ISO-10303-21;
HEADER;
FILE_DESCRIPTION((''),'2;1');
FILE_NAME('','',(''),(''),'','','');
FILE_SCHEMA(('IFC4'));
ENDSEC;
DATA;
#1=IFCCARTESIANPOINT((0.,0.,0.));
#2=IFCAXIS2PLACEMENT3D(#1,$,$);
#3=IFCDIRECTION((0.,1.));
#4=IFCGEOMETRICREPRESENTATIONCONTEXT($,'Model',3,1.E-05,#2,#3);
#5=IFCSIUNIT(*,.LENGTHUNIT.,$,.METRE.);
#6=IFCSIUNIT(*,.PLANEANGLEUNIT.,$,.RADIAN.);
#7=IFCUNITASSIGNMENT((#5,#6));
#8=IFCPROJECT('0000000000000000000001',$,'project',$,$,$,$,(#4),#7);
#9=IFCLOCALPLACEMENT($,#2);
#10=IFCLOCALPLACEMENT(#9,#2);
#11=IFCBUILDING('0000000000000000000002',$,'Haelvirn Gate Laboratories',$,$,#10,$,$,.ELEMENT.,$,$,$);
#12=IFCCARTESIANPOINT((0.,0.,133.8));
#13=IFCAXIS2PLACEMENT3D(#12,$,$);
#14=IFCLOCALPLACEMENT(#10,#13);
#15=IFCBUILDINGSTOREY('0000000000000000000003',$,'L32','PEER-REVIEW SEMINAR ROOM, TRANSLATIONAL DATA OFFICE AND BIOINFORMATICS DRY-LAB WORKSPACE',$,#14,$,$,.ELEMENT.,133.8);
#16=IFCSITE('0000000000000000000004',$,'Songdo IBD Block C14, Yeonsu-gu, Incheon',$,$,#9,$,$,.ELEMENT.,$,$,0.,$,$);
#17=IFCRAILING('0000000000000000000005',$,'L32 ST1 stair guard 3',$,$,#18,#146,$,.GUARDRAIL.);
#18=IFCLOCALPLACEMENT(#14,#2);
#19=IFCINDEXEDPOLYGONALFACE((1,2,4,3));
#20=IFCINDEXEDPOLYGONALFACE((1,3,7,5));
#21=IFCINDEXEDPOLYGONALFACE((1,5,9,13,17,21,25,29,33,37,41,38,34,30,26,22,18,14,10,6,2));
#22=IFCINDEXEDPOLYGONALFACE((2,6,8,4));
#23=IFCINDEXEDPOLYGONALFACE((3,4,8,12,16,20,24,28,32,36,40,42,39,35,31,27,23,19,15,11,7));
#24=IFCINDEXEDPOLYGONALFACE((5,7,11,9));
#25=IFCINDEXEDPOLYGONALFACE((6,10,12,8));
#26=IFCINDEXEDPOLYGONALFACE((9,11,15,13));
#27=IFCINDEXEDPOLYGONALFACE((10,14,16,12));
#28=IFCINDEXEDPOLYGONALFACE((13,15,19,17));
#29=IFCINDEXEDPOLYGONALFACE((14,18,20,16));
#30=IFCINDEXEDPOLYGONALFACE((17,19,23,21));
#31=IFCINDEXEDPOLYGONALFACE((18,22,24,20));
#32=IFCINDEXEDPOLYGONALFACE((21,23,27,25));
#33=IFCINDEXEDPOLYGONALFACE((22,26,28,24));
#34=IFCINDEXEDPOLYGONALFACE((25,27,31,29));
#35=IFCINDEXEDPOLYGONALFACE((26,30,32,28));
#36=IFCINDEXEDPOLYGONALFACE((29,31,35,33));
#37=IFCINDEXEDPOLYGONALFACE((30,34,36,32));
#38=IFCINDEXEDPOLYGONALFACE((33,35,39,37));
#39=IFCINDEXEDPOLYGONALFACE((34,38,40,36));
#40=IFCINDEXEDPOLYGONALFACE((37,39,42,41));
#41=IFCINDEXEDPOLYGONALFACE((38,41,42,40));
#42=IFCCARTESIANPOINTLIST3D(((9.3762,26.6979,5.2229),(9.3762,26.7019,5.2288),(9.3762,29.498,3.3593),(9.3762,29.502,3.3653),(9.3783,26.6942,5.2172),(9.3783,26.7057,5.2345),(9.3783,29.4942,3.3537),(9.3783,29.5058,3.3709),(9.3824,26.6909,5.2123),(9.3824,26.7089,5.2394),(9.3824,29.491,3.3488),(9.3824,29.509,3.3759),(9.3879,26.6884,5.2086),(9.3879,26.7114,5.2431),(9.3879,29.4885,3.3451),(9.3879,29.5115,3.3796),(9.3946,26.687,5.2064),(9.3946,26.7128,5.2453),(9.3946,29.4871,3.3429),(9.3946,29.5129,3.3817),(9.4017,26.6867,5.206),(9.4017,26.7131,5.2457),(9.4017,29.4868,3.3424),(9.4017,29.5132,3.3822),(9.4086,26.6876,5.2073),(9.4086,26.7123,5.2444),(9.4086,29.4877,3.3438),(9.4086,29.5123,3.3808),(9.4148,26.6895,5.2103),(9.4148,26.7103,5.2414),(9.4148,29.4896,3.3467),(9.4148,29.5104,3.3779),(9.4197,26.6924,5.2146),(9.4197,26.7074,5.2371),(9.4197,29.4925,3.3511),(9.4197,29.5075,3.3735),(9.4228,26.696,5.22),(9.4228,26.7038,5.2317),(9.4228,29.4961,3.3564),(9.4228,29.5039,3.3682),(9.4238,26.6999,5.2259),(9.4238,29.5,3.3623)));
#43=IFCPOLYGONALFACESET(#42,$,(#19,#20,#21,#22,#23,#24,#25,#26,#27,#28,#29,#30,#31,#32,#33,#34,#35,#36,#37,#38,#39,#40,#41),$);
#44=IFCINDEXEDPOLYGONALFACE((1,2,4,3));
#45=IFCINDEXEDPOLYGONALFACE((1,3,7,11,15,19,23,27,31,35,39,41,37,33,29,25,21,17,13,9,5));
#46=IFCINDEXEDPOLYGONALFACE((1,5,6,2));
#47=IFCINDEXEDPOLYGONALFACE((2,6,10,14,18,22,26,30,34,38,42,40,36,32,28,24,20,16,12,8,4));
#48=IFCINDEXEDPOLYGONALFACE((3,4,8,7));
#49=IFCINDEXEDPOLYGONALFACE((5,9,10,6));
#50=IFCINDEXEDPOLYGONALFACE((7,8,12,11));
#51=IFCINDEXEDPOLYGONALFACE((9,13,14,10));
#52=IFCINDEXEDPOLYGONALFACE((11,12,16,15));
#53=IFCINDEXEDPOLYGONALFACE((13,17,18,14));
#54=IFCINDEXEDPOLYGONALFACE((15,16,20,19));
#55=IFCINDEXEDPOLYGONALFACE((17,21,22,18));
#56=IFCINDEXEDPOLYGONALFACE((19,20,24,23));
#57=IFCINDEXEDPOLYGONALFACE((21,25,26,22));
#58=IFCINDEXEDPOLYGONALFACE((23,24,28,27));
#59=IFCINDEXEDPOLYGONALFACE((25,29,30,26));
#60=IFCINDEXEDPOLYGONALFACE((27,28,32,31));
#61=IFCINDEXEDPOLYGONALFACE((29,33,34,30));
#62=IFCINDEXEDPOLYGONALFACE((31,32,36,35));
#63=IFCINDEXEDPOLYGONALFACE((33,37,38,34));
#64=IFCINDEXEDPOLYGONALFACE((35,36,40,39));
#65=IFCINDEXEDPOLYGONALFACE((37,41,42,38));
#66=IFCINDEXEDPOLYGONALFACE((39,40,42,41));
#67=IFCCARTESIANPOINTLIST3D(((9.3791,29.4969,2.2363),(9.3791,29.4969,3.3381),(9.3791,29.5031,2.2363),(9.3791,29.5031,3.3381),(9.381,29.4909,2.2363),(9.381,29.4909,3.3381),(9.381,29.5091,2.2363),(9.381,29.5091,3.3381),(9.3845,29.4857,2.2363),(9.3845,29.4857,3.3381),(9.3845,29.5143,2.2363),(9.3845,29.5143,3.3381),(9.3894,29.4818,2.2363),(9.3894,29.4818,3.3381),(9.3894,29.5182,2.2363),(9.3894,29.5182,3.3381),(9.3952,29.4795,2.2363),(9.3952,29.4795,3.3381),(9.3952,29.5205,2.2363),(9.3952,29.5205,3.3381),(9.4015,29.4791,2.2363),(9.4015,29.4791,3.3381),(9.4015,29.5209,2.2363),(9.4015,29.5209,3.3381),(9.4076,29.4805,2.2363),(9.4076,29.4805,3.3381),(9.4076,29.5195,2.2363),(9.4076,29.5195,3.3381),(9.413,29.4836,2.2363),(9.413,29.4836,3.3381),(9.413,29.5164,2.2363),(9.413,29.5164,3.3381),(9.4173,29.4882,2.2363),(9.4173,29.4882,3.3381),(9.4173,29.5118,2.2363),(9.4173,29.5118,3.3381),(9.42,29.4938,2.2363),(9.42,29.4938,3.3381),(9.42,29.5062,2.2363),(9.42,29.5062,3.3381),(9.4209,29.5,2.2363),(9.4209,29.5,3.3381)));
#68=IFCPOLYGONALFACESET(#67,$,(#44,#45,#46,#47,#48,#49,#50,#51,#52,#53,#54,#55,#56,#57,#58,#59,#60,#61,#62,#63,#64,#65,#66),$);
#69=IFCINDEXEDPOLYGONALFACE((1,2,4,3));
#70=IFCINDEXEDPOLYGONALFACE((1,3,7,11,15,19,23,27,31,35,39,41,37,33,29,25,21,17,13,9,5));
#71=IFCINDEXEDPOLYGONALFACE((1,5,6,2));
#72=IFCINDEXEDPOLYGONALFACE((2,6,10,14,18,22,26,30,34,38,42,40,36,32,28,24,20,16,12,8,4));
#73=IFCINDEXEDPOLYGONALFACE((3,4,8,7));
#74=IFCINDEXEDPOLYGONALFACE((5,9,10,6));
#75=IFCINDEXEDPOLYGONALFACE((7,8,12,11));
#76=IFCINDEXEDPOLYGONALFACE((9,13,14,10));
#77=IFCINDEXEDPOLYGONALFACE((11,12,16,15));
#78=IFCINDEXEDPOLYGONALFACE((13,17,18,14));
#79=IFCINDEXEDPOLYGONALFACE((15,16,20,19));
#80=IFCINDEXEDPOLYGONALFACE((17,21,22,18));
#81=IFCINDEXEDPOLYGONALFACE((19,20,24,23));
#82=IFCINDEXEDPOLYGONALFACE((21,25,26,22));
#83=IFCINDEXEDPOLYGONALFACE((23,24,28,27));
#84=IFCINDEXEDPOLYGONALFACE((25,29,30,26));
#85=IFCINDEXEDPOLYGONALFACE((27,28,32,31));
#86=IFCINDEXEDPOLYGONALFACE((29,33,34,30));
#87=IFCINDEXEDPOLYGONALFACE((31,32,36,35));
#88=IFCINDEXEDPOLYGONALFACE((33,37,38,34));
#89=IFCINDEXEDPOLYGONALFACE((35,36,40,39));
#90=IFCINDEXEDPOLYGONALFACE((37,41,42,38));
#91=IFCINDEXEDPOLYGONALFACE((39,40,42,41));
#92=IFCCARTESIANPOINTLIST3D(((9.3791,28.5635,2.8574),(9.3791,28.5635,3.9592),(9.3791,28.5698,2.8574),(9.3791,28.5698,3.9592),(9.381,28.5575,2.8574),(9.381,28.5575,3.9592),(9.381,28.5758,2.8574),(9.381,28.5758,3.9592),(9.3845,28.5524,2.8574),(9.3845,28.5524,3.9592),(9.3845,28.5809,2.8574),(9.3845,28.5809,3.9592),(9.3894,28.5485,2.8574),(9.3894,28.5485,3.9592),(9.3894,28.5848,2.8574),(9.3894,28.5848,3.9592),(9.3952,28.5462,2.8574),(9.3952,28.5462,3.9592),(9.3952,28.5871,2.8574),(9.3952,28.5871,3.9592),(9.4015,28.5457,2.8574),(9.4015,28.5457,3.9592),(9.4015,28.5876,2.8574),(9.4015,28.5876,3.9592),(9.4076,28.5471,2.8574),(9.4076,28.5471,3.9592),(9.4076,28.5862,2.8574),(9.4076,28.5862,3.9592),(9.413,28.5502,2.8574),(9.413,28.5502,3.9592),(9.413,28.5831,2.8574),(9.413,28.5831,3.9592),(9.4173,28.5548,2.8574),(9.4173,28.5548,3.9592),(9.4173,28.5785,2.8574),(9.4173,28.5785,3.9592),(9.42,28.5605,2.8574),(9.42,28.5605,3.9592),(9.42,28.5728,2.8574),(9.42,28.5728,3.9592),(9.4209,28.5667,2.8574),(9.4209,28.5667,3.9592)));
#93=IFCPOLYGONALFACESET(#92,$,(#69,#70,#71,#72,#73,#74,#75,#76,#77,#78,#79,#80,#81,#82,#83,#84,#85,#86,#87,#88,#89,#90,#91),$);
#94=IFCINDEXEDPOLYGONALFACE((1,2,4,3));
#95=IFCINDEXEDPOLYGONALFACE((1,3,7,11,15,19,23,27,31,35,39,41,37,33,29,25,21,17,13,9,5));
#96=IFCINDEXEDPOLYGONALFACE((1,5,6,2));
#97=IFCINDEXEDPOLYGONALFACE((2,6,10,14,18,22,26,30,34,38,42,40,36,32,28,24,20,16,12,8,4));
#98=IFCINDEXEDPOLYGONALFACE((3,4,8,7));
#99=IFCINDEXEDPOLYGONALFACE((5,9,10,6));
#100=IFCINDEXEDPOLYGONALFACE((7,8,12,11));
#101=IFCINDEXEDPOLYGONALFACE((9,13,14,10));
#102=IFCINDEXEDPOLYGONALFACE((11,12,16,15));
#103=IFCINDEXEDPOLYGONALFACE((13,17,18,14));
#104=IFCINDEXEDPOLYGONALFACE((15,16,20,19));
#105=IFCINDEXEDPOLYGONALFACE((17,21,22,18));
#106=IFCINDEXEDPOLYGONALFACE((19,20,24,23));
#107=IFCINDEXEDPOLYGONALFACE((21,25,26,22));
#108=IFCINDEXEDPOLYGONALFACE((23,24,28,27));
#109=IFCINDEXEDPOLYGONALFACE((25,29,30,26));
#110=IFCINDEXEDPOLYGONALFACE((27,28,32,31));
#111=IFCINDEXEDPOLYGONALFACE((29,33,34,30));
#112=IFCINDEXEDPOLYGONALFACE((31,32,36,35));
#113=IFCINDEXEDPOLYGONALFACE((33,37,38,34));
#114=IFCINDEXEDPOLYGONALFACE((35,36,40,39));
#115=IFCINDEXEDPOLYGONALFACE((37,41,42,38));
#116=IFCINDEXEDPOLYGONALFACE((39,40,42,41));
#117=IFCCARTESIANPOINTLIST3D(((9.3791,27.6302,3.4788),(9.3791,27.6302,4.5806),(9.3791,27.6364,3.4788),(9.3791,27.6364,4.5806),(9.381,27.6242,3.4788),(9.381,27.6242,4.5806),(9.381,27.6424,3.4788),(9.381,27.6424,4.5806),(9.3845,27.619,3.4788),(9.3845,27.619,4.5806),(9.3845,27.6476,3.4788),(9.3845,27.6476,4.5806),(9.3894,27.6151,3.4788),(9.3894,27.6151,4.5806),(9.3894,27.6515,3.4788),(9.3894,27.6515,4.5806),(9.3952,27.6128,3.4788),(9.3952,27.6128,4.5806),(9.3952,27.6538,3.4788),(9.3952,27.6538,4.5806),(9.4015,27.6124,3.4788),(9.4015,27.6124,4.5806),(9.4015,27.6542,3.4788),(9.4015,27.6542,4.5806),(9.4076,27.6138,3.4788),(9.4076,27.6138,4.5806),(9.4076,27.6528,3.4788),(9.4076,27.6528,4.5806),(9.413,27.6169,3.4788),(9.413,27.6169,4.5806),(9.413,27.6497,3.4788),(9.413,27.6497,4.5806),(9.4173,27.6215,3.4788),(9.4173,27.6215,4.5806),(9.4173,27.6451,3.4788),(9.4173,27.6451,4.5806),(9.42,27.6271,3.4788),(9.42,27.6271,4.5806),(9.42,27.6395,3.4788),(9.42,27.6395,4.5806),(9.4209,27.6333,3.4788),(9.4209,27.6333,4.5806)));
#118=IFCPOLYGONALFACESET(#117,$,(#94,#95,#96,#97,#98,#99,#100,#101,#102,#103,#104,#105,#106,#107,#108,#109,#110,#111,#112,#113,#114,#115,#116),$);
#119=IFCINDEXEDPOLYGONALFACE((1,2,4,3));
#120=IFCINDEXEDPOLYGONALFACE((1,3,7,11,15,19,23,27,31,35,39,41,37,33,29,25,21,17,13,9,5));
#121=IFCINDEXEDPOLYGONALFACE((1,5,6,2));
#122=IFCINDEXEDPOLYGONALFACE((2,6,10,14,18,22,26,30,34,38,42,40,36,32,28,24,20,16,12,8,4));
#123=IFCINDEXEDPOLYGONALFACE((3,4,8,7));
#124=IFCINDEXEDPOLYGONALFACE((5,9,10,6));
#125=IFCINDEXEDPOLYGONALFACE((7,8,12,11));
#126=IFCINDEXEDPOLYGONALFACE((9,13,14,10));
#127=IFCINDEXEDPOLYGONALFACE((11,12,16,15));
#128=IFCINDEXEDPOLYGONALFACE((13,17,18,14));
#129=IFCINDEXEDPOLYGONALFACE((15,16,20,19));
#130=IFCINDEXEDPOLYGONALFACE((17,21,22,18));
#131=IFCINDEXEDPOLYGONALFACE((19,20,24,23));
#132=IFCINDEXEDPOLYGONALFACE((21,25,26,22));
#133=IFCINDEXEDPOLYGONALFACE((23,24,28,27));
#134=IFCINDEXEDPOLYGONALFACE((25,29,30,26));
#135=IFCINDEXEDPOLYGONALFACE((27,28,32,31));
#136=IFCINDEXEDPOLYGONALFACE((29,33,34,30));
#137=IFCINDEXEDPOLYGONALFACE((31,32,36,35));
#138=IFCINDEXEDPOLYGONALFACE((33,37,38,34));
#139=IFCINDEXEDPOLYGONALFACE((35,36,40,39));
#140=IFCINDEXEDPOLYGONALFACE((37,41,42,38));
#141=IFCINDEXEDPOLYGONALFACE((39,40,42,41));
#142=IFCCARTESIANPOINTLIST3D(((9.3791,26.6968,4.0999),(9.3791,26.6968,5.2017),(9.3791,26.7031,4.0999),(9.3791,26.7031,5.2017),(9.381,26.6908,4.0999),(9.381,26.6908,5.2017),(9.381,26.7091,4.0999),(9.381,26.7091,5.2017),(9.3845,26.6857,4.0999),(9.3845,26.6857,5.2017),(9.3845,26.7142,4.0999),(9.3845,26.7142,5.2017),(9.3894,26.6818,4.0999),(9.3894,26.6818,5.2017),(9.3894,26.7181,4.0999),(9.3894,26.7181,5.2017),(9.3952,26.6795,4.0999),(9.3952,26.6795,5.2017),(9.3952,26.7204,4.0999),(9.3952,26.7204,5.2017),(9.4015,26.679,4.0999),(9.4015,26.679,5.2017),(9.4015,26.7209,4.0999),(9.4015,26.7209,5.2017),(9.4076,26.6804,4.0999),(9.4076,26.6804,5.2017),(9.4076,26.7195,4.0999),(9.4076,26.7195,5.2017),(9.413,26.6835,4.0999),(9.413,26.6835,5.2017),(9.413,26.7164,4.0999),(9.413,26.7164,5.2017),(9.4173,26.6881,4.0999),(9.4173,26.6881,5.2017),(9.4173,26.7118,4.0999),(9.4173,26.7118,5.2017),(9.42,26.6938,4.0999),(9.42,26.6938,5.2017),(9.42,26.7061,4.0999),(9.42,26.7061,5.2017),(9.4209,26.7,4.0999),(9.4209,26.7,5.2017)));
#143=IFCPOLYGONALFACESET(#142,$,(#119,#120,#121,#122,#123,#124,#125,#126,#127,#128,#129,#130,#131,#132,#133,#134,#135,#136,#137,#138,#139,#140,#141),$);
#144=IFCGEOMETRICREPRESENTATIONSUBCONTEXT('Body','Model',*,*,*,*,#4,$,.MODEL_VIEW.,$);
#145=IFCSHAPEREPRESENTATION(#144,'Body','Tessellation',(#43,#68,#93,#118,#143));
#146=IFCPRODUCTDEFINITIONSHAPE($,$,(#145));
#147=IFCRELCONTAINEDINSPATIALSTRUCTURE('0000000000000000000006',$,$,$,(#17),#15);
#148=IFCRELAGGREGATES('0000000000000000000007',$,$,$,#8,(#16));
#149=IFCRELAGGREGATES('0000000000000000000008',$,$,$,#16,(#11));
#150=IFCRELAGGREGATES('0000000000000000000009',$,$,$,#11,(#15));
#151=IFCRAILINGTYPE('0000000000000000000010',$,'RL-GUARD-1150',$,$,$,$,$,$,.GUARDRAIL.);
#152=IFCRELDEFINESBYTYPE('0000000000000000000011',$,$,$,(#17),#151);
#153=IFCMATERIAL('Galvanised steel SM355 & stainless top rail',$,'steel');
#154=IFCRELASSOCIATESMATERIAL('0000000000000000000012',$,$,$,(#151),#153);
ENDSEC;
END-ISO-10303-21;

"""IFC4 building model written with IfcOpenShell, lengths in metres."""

from ifc_helpers import new_model, si_unit, direction, frame, origin, origin_2d, place, context, subcontext, project, spatial, circle, extrude, source, transform, mapped, material, type_object, element, save


model = new_model("IFC4")

# Units and contexts
model_context = context("Model", 3, precision=1e-05, world=origin(), true_north=direction((0.0, 1.0)))
body_context = subcontext(model_context, "Body", "Model", "MODEL_VIEW")
ifc_project = project(units=[si_unit("LENGTHUNIT", "METRE"), si_unit("PLANEANGLEUNIT", "RADIAN")], contexts=[model_context])

# Site, building, storey
site_placement = place(None, origin())
site = spatial("IfcSite", under=ifc_project, at=site_placement, Name="Songdo IBD Block C14, Yeonsu-gu, Incheon", CompositionType="ELEMENT", RefElevation=0.0)
building_placement = place(site_placement, origin())
building = spatial("IfcBuilding", under=site, at=building_placement, Name="Haelvirn Gate Laboratories", CompositionType="ELEMENT")
storey_placement = place(building_placement, frame((0.0, 0.0, 133.8)))
storey = spatial("IfcBuildingStorey", under=building, at=storey_placement, Name="L32", Description="PEER-REVIEW SEMINAR ROOM, TRANSLATIONAL DATA OFFICE AND BIOINFORMATICS DRY-LAB WORKSPACE", CompositionType="ELEMENT", Elevation=133.8)

# Railing
ifc_material_1 = material(Name="Galvanised steel SM355 & stainless top rail", Category="steel")
railing_type_1 = type_object("IfcRailingType", Name="RL-GUARD-1150", PredefinedType="GUARDRAIL", material=ifc_material_1)
shared_shape_1 = source(origin(), body_context, "Body", "SweptSolid", [
    extrude(circle(Radius=0.0239, at=origin_2d()), frame((0.0, 0.0, 1.126), z_axis=(0.0, -0.832486, 0.554047), x_axis=(1.0, 0.0, 0.0)), (0.0, 0.0, 1.0), 3.3635),
    extrude(circle(Radius=0.021, at=origin_2d()), origin(), (0.0, 0.0, 1.0), 1.1018),
    extrude(circle(Radius=0.021, at=origin_2d()), frame((0.0, -0.9333, 0.6211)), (0.0, 0.0, 1.0), 1.1018),
    extrude(circle(Radius=0.021, at=origin_2d()), frame((0.0, -1.8667, 1.2424)), (0.0, 0.0, 1.0), 1.1018),
    extrude(circle(Radius=0.021, at=origin_2d()), frame((0.0, -2.8, 1.8635)), (0.0, 0.0, 1.0), 1.1018),
])
railing_1_placement = place(storey_placement, frame((9.3999, 29.5, 2.2363)))
element("IfcRailing", 1, at=railing_1_placement, inside=storey, type_object=railing_type_1, Name="L32 ST1 stair guard 3", PredefinedType="GUARDRAIL", context=body_context, shape_type="MappedRepresentation", body=[
    mapped(shared_shape_1, transform((0.0, 0.0, 0.0), scale=1.0)),
])

save(model, "model.ifc")
